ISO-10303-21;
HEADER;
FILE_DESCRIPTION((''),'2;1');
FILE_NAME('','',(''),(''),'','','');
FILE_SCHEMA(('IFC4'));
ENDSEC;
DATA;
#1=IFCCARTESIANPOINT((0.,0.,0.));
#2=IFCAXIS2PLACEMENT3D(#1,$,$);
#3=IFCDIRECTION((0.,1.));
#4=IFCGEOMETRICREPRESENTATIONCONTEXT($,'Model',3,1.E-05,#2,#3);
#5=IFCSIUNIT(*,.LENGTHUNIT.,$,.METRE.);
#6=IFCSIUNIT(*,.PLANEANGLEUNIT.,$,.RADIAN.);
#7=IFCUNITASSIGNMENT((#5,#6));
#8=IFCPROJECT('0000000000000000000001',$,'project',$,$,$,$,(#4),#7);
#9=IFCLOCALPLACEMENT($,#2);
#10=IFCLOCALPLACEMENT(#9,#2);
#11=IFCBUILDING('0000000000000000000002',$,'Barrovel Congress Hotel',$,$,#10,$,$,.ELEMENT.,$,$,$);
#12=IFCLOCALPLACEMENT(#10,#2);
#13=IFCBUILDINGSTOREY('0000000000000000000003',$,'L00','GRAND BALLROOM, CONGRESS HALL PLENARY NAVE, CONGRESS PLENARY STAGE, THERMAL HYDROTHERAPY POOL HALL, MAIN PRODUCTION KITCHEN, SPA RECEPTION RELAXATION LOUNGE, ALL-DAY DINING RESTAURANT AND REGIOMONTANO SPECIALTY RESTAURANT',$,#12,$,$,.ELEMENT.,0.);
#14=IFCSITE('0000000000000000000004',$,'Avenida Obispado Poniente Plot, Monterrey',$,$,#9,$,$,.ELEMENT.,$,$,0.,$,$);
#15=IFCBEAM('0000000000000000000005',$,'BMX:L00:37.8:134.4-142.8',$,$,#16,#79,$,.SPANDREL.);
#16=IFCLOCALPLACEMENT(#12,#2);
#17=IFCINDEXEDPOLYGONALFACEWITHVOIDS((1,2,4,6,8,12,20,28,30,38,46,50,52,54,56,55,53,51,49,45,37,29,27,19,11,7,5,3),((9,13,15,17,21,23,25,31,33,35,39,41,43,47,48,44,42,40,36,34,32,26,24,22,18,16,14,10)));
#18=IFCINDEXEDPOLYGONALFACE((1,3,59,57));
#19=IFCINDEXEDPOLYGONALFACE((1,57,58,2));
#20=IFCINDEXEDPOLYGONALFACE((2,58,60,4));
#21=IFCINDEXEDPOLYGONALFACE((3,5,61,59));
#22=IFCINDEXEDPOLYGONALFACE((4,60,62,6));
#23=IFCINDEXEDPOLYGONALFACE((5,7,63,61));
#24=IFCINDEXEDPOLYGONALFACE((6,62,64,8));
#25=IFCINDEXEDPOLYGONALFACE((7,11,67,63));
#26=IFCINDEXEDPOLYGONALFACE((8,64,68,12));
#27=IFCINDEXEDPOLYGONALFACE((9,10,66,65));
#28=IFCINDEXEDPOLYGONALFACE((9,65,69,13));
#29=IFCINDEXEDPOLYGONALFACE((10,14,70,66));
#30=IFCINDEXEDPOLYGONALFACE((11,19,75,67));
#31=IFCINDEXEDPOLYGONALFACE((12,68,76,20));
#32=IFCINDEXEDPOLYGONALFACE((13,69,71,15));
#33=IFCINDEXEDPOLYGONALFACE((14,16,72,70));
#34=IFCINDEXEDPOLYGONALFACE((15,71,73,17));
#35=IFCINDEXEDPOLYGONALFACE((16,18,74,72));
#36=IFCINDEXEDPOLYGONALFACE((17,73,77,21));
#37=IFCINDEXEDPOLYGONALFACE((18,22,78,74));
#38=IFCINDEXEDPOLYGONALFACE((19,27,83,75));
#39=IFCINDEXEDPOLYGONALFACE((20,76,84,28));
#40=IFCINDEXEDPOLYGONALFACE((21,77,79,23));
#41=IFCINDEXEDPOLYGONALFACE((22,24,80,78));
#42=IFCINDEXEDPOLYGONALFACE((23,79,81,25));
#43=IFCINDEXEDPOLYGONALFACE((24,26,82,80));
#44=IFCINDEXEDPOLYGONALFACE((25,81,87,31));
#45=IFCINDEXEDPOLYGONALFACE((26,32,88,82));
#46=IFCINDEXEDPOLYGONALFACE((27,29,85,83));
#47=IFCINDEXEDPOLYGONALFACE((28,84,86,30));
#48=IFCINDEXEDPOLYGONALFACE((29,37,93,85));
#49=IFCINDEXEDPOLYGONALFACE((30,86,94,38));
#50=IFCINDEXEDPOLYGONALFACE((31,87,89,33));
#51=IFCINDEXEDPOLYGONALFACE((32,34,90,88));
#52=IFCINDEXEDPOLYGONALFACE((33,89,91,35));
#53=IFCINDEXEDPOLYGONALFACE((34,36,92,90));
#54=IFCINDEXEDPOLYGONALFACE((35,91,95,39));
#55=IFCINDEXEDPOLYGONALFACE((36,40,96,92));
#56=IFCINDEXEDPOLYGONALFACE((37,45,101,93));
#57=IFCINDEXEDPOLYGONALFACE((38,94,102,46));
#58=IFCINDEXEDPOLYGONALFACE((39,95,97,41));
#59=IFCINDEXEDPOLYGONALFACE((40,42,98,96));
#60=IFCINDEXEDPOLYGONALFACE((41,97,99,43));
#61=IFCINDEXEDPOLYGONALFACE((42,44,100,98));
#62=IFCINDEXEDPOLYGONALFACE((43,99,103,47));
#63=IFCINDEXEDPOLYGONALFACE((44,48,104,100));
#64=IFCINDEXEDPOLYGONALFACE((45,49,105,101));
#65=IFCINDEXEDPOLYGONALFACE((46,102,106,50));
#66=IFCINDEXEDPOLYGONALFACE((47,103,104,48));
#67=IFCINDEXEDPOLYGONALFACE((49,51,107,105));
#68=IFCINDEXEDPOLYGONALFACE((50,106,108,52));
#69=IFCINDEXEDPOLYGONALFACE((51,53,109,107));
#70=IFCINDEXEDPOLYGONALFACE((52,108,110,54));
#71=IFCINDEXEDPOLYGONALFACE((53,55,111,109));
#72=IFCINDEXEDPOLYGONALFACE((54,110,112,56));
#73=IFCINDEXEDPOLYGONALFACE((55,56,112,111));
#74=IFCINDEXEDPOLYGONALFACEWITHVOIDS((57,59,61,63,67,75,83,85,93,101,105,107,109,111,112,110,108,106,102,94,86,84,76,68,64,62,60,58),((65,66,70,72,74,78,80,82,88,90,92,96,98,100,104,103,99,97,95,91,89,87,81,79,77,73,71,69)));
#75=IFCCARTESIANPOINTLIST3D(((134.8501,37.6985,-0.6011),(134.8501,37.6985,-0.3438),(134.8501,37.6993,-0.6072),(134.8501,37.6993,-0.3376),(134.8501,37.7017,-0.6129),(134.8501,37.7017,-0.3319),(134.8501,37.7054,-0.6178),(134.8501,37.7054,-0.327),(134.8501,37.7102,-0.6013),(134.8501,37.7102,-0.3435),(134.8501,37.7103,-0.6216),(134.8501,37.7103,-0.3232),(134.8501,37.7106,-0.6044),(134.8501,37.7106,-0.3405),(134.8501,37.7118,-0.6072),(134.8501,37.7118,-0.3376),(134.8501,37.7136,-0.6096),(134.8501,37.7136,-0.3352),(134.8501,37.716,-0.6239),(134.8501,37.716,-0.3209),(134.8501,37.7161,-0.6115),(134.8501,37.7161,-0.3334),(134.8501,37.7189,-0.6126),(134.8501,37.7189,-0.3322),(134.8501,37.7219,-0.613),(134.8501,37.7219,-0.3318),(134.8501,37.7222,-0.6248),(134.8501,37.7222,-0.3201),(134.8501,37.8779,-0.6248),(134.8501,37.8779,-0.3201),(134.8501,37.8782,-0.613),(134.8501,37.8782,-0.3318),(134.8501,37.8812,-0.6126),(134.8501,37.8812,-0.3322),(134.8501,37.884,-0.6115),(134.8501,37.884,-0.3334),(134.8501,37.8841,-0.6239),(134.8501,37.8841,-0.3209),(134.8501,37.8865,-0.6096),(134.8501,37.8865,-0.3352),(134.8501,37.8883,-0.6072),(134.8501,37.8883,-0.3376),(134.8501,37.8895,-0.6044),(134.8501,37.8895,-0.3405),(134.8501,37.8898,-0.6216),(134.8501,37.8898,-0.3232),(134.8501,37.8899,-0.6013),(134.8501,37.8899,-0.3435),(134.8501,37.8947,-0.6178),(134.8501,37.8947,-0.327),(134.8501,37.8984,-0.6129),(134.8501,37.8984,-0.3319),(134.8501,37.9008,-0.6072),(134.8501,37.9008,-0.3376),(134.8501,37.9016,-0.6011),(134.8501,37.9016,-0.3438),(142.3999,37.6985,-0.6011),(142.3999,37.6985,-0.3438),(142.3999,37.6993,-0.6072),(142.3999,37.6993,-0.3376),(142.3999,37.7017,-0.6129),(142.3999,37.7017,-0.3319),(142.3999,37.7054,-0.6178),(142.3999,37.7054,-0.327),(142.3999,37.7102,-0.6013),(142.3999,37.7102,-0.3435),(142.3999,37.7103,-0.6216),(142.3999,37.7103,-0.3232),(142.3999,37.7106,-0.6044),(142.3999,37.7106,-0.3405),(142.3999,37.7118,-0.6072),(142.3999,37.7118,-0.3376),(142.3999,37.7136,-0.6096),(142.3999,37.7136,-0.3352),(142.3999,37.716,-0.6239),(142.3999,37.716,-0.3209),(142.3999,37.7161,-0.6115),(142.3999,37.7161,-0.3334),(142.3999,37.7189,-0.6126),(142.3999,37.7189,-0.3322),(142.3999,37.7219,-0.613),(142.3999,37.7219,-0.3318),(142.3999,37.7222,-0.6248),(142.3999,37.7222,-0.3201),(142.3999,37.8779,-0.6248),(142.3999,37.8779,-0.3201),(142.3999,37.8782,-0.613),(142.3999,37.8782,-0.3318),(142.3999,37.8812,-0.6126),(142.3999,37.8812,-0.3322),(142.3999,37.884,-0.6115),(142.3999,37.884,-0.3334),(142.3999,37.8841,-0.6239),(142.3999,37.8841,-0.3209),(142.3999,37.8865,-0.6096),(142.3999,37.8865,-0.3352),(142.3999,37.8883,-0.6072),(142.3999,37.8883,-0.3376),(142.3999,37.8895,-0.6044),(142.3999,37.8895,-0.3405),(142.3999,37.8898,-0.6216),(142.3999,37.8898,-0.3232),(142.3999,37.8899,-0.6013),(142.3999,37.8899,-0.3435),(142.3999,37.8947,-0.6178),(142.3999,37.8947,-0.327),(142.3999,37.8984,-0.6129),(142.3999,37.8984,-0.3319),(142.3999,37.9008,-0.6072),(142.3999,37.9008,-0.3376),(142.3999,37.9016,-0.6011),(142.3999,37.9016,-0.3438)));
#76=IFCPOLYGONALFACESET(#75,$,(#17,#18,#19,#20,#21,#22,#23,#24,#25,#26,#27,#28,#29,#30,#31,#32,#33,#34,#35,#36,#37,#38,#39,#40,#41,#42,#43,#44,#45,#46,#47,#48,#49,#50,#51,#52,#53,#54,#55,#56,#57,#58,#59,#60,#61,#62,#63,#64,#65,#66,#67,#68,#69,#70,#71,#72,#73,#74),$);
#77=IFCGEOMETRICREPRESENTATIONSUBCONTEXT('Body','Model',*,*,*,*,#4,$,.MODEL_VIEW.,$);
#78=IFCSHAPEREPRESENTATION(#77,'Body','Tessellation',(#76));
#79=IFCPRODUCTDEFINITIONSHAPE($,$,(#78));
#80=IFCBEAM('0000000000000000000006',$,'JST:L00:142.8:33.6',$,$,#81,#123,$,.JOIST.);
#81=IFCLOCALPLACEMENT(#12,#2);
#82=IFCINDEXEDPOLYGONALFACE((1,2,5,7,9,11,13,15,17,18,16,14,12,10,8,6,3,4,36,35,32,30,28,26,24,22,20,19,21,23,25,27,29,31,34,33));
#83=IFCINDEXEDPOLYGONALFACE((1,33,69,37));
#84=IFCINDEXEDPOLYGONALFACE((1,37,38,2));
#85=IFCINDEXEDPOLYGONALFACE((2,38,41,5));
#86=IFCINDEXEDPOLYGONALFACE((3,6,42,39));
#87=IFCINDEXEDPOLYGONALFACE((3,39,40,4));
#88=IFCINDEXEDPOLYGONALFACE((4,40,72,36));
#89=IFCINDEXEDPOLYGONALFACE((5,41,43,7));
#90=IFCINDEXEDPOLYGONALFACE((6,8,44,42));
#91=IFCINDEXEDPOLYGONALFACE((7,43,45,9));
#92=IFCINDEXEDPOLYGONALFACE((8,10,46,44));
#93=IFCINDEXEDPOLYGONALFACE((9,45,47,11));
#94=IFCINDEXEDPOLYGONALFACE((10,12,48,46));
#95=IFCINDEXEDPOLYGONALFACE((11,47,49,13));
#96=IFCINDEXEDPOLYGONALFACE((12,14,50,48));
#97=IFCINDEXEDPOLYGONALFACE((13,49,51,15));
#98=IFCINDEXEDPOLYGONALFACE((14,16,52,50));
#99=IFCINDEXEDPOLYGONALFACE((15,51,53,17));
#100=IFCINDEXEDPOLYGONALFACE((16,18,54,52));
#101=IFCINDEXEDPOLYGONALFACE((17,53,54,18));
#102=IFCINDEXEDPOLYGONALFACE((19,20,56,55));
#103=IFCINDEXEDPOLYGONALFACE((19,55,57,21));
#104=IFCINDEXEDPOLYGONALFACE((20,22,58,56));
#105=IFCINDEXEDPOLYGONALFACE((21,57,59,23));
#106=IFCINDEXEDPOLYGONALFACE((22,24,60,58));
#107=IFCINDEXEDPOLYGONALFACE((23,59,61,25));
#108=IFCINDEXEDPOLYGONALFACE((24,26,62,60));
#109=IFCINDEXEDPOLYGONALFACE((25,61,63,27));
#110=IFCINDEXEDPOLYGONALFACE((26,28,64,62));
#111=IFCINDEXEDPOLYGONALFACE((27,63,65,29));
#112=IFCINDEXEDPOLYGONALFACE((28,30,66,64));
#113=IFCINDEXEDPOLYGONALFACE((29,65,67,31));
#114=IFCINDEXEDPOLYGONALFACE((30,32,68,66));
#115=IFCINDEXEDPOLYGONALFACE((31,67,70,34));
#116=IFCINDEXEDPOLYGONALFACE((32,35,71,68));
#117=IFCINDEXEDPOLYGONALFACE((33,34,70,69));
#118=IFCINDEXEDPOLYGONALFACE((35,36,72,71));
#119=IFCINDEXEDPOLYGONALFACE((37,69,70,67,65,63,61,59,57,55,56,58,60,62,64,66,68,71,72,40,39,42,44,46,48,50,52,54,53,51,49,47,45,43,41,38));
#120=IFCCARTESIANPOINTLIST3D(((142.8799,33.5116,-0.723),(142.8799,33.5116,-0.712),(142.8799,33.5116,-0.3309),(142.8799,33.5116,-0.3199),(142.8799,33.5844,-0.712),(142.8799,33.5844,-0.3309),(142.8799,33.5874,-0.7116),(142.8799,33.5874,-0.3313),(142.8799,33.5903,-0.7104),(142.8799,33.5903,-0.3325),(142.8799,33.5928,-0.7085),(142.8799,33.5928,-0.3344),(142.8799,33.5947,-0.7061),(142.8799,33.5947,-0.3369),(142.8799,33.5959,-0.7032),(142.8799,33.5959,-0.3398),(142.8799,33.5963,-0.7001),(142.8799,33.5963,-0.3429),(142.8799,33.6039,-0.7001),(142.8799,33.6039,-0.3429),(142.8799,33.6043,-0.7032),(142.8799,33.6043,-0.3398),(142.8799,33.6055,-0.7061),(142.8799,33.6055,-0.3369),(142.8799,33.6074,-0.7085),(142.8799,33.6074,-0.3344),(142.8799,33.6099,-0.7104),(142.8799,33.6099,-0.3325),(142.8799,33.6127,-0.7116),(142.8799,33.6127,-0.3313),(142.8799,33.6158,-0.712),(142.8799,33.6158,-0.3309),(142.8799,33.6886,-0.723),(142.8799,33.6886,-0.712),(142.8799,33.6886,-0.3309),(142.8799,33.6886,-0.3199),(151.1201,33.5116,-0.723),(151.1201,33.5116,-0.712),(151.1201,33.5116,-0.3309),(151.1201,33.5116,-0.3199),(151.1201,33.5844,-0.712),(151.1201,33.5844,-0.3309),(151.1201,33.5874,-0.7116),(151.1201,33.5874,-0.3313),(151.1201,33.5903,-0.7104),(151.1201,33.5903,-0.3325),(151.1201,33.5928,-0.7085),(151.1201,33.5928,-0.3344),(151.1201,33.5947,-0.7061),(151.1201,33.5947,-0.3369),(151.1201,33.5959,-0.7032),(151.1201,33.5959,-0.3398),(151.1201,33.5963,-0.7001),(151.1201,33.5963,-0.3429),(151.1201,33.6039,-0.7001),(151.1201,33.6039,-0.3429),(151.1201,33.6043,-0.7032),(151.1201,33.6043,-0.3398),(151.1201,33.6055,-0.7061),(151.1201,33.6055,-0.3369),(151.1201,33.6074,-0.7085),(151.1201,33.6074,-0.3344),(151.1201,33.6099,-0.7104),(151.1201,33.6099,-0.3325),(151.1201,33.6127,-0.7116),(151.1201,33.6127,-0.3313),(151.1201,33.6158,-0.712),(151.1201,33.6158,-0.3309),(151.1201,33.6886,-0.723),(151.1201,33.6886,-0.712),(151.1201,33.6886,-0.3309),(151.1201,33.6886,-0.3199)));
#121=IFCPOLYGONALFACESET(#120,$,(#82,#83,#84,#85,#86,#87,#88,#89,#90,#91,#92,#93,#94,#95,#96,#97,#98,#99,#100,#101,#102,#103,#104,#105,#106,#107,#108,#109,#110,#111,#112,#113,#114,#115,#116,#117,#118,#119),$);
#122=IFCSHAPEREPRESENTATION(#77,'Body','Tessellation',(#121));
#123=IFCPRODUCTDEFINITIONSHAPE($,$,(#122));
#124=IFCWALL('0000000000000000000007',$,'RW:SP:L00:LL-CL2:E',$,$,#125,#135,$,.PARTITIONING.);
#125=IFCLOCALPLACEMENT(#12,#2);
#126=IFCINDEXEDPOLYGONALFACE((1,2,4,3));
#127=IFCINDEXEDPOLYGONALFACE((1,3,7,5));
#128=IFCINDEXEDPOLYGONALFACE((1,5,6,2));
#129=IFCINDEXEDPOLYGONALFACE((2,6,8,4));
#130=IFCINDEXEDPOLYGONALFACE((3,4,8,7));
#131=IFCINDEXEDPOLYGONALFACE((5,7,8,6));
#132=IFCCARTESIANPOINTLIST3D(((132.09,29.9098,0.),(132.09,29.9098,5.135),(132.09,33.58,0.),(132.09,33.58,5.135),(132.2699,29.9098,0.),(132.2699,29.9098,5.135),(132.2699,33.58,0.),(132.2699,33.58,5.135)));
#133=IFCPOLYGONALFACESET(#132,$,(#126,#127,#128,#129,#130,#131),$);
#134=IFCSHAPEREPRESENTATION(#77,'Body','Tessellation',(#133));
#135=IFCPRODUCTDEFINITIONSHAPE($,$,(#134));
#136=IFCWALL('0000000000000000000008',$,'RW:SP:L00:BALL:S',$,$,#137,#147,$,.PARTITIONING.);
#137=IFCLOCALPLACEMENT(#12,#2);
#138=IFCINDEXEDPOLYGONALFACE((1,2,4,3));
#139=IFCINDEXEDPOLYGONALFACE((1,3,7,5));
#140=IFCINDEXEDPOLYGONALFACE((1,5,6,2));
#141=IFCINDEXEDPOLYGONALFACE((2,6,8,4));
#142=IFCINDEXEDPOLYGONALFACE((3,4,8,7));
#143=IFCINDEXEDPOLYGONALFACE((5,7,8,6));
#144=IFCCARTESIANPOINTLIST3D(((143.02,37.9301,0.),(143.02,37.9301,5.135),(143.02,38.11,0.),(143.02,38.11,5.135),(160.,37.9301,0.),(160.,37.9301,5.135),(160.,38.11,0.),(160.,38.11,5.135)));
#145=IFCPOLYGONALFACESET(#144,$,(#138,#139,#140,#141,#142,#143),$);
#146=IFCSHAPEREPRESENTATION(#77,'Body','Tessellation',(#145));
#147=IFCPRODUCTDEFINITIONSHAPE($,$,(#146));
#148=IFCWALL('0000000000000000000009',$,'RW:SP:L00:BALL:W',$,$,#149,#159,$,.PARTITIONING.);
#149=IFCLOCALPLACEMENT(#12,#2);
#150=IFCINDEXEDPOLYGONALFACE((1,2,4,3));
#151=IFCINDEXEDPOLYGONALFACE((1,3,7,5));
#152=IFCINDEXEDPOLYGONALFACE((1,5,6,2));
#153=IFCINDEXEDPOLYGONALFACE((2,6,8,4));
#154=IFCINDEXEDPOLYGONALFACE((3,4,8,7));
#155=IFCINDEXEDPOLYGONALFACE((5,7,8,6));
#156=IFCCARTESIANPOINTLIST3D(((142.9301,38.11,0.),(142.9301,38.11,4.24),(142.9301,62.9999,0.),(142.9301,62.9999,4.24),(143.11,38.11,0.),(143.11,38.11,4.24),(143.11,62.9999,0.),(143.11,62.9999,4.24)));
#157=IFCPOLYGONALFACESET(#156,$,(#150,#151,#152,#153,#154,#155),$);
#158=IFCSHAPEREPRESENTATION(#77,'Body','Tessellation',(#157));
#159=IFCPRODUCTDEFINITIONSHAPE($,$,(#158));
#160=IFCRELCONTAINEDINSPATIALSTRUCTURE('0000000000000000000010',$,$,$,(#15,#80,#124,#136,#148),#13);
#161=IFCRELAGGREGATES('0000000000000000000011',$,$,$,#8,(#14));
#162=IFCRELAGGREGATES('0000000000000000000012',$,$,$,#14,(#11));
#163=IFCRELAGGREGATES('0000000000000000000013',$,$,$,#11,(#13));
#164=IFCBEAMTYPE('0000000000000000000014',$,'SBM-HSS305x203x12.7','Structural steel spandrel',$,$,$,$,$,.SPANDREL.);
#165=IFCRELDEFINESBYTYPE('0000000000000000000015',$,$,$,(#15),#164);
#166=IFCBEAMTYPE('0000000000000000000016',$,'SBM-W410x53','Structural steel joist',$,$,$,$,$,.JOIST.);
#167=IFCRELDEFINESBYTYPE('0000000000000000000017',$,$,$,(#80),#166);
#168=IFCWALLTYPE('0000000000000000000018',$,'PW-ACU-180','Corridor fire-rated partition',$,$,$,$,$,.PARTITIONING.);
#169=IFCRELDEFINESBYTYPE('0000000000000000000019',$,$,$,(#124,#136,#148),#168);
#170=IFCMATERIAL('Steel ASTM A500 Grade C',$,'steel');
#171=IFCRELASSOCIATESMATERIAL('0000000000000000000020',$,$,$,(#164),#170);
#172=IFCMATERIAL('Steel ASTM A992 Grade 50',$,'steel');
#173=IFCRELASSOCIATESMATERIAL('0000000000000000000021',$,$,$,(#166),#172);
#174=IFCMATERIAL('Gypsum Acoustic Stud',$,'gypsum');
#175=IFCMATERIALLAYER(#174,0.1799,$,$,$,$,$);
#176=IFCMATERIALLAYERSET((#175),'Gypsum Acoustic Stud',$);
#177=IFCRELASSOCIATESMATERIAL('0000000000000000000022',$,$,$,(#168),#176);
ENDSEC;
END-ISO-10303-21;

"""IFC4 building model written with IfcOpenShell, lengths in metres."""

from ifc_helpers import new_model, si_unit, direction, frame, frame_2d, origin, origin_2d, place, context, subcontext, project, spatial, rectangle, hollow_rectangle, i_section, extrude, material, layer, layer_set, material_profile, profile_set, type_object, element, save


model = new_model("IFC4")

# Units and contexts
model_context = context("Model", 3, precision=1e-05, world=origin(), true_north=direction((0.0, 1.0)))
body_context = subcontext(model_context, "Body", "Model", "MODEL_VIEW")
ifc_project = project(units=[si_unit("LENGTHUNIT", "METRE"), si_unit("PLANEANGLEUNIT", "RADIAN")], contexts=[model_context])

# Site, building, storey
site_placement = place(None, origin())
site = spatial("IfcSite", under=ifc_project, at=site_placement, Name="Avenida Obispado Poniente Plot, Monterrey", CompositionType="ELEMENT", RefElevation=0.0)
building_placement = place(site_placement, origin())
building = spatial("IfcBuilding", under=site, at=building_placement, Name="Barrovel Congress Hotel", CompositionType="ELEMENT")
storey_placement = place(building_placement, origin())
storey = spatial("IfcBuildingStorey", under=building, at=storey_placement, Name="L00", Description="GRAND BALLROOM, CONGRESS HALL PLENARY NAVE, CONGRESS PLENARY STAGE, THERMAL HYDROTHERAPY POOL HALL, MAIN PRODUCTION KITCHEN, SPA RECEPTION RELAXATION LOUNGE, ALL-DAY DINING RESTAURANT AND REGIOMONTANO SPECIALTY RESTAURANT", CompositionType="ELEMENT", Elevation=0.0)

# Beams
ifc_material_1 = material(Name="Steel ASTM A500 Grade C", Category="steel")
ifc_material_profile_1 = material_profile(ifc_material_1, hollow_rectangle(XDim=0.2031, YDim=0.3047, WallThickness=0.0117, InnerFilletRadius=0.0117, OuterFilletRadius=0.0237, at=origin_2d()), Name="HSS305x203x12.7")
ifc_profile_set_1 = profile_set([ifc_material_profile_1], Name="Steel ASTM A500 Grade C")
beam_type_1 = type_object("IfcBeamType", Name="SBM-HSS305x203x12.7", Description="Structural steel spandrel", PredefinedType="SPANDREL", material=ifc_profile_set_1)
beam_1_placement = place(storey_placement, frame((134.8501, 37.8, -0.4724), z_axis=(1.0, 0.0, 0.0), x_axis=(0.0, 1.0, 0.0)))
element("IfcBeam", 1, at=beam_1_placement, inside=storey, type_object=beam_type_1, Name="BMX:L00:37.8:134.4-142.8", PredefinedType="SPANDREL", context=body_context, shape_type="SweptSolid", body=[
    extrude(hollow_rectangle(XDim=0.2031, YDim=0.3047, WallThickness=0.0117, InnerFilletRadius=0.0117, OuterFilletRadius=0.0237, at=origin_2d()), origin(), (0.0, 0.0, 1.0), 7.5498),
])
ifc_material_2 = material(Name="Steel ASTM A992 Grade 50", Category="steel")
ifc_material_profile_2 = material_profile(ifc_material_2, i_section(OverallWidth=0.177, OverallDepth=0.4031, WebThickness=0.0076, FlangeThickness=0.011, FilletRadius=0.012, at=origin_2d()), Name="W410x53")
ifc_profile_set_2 = profile_set([ifc_material_profile_2], Name="Steel ASTM A992 Grade 50")
beam_type_2 = type_object("IfcBeamType", Name="SBM-W410x53", Description="Structural steel joist", PredefinedType="JOIST", material=ifc_profile_set_2)
beam_2_placement = place(storey_placement, frame((142.8799, 33.6001, -0.5215), z_axis=(1.0, 0.0, 0.0), x_axis=(0.0, 1.0, 0.0)))
element("IfcBeam", 2, at=beam_2_placement, inside=storey, type_object=beam_type_2, Name="JST:L00:142.8:33.6", PredefinedType="JOIST", context=body_context, shape_type="SweptSolid", body=[
    extrude(i_section(OverallWidth=0.177, OverallDepth=0.4031, WebThickness=0.0076, FlangeThickness=0.011, FilletRadius=0.012, at=origin_2d()), origin(), (0.0, 0.0, 1.0), 8.2402),
])

# Walls
ifc_material_3 = material(Name="Gypsum Acoustic Stud", Category="gypsum")
ifc_layer_1 = layer(ifc_material_3, 0.1799)
ifc_layer_set_1 = layer_set([ifc_layer_1], Name="Gypsum Acoustic Stud")
wall_type_1 = type_object("IfcWallType", Name="PW-ACU-180", Description="Corridor fire-rated partition", PredefinedType="PARTITIONING", material=ifc_layer_set_1)
wall_1_placement = place(storey_placement, frame((132.1799, 29.9099, 0.0), z_axis=(0.0, 0.0, 1.0), x_axis=(0.0, 1.0, 0.0)))
element("IfcWall", 3, at=wall_1_placement, inside=storey, type_object=wall_type_1, Name="RW:SP:L00:LL-CL2:E", PredefinedType="PARTITIONING", context=body_context, shape_type="SweptSolid", body=[
    extrude(rectangle(XDim=3.6702, YDim=0.1799, at=frame_2d((1.835, 0.0))), origin(), (0.0, 0.0, 1.0), 5.135),
])
wall_2_placement = place(storey_placement, frame((143.02, 38.02, 0.0), z_axis=(0.0, 0.0, 1.0), x_axis=(1.0, 0.0, 0.0)))
element("IfcWall", 4, at=wall_2_placement, inside=storey, type_object=wall_type_1, Name="RW:SP:L00:BALL:S", PredefinedType="PARTITIONING", context=body_context, shape_type="SweptSolid", body=[
    extrude(rectangle(XDim=16.98, YDim=0.1799, at=frame_2d((8.49, 0.0))), origin(), (0.0, 0.0, 1.0), 5.135),
])
wall_3_placement = place(storey_placement, frame((143.02, 38.1101, 0.0), z_axis=(0.0, 0.0, 1.0), x_axis=(0.0, 1.0, 0.0)))
element("IfcWall", 5, at=wall_3_placement, inside=storey, type_object=wall_type_1, Name="RW:SP:L00:BALL:W", PredefinedType="PARTITIONING", context=body_context, shape_type="SweptSolid", body=[
    extrude(rectangle(XDim=24.8899, YDim=0.1799, at=frame_2d((12.4448, 0.0))), origin(), (0.0, 0.0, 1.0), 4.24),
])

save(model, "model.ifc")
